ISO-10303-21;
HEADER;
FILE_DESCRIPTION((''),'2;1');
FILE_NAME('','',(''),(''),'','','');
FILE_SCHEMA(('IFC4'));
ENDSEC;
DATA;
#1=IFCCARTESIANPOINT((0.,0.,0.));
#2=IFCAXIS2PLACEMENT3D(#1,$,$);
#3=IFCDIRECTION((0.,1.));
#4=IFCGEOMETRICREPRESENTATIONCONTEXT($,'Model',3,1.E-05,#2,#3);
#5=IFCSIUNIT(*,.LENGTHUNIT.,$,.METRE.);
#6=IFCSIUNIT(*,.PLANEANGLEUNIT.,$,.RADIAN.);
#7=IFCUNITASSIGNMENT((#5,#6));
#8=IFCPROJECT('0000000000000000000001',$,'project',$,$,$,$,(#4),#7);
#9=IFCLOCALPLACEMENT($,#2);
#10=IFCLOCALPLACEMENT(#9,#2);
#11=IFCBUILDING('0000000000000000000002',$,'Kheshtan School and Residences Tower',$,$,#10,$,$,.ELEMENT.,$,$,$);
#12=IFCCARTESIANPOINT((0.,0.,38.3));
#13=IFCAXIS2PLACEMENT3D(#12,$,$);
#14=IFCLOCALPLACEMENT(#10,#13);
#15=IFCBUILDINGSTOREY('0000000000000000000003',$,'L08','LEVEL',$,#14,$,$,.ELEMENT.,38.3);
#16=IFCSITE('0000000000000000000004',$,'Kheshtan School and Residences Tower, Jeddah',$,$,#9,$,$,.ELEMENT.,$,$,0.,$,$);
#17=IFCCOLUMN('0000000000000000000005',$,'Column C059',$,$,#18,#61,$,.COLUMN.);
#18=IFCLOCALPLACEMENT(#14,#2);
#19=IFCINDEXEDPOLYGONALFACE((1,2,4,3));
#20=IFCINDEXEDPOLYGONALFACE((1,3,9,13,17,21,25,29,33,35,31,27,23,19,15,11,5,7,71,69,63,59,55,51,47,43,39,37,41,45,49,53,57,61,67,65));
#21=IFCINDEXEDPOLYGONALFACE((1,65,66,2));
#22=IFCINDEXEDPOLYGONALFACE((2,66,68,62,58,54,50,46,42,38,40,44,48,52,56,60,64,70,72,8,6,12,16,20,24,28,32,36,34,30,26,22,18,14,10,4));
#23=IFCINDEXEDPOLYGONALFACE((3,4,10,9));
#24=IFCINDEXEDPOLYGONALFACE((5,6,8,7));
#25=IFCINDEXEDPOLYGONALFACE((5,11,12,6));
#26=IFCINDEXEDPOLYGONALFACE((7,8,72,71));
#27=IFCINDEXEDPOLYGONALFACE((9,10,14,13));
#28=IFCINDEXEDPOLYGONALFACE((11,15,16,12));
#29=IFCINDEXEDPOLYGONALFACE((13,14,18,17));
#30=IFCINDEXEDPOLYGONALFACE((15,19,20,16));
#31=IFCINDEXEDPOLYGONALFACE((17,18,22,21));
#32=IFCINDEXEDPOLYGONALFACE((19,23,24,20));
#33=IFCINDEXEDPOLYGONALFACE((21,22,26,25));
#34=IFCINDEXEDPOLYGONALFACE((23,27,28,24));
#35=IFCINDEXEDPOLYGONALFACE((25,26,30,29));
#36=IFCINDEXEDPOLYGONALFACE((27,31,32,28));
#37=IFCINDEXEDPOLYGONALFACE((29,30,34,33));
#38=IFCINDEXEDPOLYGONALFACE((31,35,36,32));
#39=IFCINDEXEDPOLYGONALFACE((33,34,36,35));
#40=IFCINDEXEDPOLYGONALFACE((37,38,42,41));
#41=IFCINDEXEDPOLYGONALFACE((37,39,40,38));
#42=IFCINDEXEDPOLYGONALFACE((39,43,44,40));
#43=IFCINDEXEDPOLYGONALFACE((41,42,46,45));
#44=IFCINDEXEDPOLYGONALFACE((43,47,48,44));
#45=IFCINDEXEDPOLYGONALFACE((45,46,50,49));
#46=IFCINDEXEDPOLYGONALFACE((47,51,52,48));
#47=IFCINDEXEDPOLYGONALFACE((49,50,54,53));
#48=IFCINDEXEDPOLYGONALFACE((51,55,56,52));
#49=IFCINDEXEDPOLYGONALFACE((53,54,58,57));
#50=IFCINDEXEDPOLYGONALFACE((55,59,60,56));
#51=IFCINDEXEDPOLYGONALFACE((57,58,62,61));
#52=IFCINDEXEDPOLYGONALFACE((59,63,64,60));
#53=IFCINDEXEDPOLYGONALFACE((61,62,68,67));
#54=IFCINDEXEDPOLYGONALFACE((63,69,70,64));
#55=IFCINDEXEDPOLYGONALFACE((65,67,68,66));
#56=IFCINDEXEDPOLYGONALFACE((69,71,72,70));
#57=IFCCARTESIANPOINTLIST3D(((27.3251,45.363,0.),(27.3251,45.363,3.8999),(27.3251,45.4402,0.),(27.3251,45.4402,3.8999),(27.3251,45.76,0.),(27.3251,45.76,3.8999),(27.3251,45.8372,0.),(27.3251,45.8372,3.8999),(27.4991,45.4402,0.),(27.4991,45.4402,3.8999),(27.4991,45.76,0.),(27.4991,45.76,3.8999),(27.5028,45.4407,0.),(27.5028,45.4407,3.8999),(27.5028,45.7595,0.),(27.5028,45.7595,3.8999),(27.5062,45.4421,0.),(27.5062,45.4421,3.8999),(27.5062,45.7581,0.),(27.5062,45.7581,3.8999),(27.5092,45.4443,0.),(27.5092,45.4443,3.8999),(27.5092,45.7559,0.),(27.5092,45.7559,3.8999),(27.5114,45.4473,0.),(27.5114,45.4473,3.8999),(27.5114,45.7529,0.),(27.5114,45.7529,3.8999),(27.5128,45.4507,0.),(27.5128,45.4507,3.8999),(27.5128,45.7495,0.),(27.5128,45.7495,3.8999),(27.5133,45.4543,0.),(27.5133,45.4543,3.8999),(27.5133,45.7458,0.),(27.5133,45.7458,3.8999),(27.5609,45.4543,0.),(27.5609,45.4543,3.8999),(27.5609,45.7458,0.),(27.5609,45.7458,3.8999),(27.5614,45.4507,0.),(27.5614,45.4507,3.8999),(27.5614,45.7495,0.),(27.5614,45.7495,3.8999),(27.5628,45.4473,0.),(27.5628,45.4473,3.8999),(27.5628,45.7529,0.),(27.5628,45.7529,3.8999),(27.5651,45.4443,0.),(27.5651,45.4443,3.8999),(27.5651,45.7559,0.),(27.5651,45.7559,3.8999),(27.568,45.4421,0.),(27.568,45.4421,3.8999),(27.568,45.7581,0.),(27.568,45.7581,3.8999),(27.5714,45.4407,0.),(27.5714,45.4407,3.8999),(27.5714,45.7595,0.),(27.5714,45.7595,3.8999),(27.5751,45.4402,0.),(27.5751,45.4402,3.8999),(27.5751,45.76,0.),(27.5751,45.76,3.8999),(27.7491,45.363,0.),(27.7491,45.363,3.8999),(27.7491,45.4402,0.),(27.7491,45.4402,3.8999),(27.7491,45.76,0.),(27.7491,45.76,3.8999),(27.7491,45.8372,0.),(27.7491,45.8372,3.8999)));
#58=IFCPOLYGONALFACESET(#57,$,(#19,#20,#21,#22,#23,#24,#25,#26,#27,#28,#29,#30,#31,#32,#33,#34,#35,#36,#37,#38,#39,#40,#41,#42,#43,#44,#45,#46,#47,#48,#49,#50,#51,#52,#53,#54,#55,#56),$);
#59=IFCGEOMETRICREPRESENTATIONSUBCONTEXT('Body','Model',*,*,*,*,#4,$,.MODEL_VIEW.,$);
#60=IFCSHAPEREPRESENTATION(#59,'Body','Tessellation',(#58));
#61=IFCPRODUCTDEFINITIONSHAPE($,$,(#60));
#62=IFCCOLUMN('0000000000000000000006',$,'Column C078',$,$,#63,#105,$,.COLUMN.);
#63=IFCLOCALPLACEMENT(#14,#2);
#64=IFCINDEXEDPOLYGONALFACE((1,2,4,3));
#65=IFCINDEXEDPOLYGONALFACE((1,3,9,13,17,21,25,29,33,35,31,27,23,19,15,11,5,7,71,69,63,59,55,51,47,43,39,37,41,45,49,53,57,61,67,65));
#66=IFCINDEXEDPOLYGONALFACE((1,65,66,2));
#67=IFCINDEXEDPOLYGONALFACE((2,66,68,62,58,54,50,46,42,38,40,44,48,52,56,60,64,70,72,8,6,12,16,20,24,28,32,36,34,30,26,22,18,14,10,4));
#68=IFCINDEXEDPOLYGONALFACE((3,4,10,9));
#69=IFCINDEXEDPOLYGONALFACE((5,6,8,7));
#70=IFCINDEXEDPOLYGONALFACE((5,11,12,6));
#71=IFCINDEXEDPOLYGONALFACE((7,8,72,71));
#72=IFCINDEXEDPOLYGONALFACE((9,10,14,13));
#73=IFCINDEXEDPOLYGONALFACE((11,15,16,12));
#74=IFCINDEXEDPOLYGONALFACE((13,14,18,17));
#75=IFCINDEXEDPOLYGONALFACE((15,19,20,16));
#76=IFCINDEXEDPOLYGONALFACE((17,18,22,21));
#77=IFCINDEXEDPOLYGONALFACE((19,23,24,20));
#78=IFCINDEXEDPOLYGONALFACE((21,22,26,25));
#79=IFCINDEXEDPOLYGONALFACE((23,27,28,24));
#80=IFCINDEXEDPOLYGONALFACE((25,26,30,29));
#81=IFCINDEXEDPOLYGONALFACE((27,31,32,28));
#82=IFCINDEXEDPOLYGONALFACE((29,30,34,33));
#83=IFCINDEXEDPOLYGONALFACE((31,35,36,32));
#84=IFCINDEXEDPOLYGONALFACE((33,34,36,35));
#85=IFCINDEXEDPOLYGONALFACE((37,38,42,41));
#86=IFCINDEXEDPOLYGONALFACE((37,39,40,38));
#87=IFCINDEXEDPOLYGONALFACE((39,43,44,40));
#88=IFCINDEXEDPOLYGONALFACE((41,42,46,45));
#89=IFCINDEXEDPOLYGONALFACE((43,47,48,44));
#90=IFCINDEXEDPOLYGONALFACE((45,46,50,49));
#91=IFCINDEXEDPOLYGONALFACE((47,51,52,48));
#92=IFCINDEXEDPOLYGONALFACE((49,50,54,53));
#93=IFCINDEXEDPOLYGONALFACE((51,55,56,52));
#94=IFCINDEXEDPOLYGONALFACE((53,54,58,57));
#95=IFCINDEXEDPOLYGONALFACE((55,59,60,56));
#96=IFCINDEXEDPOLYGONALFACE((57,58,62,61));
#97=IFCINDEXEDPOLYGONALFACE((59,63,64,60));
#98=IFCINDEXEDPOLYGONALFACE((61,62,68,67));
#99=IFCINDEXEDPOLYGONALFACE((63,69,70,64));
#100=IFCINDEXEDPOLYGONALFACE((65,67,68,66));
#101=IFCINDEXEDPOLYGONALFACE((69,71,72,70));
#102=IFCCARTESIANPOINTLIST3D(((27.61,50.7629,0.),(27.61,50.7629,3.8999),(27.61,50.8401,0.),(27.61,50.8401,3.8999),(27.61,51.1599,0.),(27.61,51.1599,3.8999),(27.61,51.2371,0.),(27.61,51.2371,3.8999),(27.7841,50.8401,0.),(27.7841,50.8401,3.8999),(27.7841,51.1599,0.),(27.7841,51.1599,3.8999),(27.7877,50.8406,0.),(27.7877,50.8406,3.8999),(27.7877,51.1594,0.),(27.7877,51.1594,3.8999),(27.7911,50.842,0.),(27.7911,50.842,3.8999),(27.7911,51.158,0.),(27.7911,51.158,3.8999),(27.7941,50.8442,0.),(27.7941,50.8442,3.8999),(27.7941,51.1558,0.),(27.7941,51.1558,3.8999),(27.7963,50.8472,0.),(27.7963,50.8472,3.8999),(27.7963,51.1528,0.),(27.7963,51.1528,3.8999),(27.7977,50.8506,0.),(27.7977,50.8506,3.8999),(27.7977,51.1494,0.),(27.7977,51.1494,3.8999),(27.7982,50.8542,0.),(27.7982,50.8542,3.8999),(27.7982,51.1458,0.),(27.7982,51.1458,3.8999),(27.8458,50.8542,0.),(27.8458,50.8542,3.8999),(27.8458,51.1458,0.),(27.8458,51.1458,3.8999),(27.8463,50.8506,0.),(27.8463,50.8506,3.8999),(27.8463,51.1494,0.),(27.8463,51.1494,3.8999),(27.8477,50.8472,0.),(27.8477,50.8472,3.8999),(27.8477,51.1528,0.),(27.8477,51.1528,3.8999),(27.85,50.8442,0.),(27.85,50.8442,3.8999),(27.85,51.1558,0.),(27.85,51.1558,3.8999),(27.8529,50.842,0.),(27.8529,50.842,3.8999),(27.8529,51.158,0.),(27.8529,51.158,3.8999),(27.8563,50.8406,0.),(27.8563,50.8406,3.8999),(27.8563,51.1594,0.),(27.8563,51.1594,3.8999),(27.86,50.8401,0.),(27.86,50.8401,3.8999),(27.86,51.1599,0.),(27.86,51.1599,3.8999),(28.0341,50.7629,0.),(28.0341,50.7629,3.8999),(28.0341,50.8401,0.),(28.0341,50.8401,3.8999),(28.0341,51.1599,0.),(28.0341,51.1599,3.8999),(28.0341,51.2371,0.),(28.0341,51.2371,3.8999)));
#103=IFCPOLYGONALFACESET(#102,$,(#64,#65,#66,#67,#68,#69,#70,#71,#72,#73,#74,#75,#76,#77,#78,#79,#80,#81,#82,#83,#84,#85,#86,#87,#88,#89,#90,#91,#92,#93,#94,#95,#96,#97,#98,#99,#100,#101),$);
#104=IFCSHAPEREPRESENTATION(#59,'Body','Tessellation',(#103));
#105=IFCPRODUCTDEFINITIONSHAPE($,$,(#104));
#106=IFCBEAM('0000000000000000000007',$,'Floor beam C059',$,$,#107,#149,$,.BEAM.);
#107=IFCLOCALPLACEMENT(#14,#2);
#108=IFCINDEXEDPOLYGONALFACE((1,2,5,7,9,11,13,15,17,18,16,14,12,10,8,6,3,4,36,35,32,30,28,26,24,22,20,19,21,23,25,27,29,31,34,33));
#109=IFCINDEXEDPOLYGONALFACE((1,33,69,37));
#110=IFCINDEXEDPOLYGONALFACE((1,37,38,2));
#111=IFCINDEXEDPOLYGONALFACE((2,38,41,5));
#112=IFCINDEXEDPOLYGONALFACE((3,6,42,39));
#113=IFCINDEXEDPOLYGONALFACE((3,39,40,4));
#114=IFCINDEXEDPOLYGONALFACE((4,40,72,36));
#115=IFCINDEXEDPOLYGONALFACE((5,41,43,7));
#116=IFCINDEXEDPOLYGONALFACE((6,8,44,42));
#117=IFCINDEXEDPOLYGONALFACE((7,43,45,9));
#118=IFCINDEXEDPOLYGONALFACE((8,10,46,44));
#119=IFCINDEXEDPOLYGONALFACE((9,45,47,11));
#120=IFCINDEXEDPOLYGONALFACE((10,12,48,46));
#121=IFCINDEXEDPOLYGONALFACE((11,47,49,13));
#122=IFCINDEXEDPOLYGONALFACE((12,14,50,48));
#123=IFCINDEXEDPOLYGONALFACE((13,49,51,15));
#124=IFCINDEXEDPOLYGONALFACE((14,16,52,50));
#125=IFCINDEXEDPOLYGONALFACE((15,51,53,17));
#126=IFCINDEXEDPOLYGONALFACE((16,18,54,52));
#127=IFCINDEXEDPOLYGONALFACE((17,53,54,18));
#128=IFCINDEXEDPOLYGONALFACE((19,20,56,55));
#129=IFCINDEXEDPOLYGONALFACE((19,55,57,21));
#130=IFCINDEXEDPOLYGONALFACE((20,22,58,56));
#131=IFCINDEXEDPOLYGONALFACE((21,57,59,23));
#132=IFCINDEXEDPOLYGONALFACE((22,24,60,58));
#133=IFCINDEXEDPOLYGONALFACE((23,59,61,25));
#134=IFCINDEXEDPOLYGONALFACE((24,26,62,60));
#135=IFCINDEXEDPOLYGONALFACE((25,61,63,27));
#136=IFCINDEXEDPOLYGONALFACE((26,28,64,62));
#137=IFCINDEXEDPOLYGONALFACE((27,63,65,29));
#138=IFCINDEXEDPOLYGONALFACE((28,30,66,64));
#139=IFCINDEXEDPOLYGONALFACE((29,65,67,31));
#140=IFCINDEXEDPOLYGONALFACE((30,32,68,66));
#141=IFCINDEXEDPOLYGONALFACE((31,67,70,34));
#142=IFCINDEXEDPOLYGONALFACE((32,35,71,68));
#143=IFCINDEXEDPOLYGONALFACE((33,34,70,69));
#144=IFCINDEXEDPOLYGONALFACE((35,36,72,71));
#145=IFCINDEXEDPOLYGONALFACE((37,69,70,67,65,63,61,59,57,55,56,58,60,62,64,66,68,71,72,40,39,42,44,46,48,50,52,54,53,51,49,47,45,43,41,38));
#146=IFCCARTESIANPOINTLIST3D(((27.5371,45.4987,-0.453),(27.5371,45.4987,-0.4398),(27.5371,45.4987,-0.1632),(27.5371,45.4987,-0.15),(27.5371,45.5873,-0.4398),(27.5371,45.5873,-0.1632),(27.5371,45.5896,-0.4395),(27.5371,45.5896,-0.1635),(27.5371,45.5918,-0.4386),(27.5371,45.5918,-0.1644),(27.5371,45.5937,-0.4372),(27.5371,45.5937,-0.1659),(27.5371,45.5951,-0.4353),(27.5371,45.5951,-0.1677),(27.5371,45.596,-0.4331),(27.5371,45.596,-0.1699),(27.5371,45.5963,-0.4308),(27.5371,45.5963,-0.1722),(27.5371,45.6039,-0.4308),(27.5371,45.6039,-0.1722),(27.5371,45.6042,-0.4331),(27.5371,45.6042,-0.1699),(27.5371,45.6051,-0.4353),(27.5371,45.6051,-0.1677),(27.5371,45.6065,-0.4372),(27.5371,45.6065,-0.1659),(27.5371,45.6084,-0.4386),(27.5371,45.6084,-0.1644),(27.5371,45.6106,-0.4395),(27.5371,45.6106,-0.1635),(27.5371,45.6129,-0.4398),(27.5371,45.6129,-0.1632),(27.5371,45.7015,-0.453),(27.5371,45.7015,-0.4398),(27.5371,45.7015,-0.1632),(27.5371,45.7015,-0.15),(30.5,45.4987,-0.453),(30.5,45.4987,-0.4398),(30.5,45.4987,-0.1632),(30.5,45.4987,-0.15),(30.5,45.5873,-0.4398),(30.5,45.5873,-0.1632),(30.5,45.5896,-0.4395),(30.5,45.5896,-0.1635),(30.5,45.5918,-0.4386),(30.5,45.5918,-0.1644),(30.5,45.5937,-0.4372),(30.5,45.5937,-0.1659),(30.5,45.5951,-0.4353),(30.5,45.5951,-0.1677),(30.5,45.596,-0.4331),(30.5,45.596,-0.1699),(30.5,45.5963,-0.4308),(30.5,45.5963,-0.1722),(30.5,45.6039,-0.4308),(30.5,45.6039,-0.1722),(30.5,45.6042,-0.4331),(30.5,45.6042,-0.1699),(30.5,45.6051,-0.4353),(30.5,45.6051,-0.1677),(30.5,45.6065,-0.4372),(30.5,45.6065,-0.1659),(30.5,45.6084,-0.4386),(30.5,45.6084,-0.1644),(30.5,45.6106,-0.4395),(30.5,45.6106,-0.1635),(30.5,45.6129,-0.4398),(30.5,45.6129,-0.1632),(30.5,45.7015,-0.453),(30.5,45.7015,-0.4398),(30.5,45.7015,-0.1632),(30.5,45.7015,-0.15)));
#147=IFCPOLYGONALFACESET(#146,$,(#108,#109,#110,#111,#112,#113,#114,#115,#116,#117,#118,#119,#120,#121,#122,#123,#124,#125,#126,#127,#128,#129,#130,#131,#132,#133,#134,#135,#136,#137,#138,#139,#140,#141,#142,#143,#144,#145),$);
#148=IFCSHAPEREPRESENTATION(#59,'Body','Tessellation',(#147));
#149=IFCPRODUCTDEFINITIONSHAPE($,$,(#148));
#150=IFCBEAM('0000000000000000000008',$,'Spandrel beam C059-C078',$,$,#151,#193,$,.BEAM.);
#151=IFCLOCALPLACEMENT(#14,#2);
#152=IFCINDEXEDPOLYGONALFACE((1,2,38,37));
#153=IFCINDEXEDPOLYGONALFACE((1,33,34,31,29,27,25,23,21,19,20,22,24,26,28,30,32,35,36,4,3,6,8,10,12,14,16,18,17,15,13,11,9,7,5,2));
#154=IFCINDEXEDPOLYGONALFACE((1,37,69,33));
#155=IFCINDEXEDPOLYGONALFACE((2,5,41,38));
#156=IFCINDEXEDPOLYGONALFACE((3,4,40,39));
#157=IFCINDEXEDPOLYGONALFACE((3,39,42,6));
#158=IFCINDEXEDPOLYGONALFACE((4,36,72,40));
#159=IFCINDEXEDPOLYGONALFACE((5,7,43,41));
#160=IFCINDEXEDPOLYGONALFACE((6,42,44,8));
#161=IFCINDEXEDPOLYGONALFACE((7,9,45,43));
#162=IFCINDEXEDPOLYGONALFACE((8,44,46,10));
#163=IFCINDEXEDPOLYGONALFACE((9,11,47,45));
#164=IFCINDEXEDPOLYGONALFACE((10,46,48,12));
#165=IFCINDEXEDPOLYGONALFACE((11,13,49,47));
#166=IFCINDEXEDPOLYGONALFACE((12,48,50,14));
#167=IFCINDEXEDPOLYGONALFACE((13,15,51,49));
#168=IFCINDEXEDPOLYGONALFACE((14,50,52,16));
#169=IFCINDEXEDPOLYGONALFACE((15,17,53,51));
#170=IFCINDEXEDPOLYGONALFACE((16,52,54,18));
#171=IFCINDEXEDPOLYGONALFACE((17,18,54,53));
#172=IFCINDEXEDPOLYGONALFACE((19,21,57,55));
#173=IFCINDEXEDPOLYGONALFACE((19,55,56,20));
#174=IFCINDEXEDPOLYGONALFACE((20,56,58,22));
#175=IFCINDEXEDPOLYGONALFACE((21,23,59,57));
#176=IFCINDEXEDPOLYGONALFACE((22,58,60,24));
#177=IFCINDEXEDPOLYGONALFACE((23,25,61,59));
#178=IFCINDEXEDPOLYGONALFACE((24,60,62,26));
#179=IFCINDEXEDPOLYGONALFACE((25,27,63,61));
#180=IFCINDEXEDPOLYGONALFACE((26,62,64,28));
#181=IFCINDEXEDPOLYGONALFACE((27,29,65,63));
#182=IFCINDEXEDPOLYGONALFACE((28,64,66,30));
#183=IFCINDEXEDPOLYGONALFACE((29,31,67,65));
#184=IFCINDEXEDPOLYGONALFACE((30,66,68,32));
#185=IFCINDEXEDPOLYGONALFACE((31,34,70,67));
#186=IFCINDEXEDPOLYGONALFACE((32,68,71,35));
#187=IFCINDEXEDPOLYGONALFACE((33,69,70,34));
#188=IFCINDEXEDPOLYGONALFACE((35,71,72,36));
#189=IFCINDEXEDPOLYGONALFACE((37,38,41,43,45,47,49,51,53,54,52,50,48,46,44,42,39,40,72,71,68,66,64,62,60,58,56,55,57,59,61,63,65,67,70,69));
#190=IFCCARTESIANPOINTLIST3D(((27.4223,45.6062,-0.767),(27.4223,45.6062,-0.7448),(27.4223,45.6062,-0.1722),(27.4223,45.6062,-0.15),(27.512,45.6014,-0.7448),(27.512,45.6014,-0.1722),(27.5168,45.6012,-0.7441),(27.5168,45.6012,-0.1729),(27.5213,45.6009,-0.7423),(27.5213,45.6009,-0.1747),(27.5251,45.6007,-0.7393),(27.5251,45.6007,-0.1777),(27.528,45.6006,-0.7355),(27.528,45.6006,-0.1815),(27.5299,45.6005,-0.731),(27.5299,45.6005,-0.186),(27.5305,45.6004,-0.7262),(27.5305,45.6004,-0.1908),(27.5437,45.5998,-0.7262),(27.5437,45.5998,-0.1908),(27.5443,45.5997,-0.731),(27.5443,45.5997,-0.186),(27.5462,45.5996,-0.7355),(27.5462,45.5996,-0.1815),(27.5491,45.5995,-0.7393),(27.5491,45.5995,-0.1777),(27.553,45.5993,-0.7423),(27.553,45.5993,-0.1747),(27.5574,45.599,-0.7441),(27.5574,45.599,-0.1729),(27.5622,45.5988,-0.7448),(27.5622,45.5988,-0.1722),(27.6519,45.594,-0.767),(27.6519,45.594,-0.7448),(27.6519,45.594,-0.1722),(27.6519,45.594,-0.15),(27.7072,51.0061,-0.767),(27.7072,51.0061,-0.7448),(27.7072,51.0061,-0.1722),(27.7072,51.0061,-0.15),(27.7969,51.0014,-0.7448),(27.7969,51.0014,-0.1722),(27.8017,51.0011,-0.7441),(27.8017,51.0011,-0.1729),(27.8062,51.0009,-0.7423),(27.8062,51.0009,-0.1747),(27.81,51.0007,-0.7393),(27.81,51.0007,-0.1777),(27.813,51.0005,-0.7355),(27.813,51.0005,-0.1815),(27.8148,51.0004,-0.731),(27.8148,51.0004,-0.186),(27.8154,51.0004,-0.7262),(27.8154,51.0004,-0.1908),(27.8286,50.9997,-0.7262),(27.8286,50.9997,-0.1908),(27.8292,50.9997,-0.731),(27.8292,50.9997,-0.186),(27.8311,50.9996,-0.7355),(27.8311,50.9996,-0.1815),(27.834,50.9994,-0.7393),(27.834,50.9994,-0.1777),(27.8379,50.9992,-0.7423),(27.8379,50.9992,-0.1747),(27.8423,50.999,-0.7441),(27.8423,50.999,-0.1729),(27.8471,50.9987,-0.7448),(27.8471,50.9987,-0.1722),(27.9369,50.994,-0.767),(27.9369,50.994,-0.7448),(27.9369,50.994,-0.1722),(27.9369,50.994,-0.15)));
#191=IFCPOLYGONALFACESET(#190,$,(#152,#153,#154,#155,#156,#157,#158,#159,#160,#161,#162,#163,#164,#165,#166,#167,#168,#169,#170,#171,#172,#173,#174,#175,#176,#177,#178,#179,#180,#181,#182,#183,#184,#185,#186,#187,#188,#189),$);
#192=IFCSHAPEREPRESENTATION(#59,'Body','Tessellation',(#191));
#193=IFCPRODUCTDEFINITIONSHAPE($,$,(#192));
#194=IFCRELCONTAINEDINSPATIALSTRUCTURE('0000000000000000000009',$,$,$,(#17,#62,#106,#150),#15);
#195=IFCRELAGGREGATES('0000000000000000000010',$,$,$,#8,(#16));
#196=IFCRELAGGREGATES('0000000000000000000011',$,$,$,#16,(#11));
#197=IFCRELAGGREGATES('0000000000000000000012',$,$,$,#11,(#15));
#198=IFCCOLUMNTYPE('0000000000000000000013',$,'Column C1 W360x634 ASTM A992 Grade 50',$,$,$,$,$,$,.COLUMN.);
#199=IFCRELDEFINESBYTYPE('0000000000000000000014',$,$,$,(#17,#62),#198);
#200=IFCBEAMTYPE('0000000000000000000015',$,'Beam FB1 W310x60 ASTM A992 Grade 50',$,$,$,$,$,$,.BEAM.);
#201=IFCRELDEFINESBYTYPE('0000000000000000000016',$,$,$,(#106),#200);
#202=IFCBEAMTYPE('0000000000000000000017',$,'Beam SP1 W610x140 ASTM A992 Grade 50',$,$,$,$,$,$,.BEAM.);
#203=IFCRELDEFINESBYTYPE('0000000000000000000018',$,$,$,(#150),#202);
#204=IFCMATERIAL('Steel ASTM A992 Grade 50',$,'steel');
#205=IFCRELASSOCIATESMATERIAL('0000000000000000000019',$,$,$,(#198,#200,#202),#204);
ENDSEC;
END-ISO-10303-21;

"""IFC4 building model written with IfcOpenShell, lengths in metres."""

from ifc_helpers import new_model, si_unit, direction, frame, origin, origin_2d, place, context, subcontext, project, spatial, i_section, extrude, material, material_profile, profile_set, type_object, element, save


model = new_model("IFC4")

# Units and contexts
model_context = context("Model", 3, precision=1e-05, world=origin(), true_north=direction((0.0, 1.0)))
body_context = subcontext(model_context, "Body", "Model", "MODEL_VIEW")
ifc_project = project(units=[si_unit("LENGTHUNIT", "METRE"), si_unit("PLANEANGLEUNIT", "RADIAN")], contexts=[model_context])

# Site, building, storey
site_placement = place(None, origin())
site = spatial("IfcSite", under=ifc_project, at=site_placement, Name="Kheshtan School and Residences Tower, Jeddah", CompositionType="ELEMENT", RefElevation=0.0)
building_placement = place(site_placement, origin())
building = spatial("IfcBuilding", under=site, at=building_placement, Name="Kheshtan School and Residences Tower", CompositionType="ELEMENT")
storey_placement = place(building_placement, frame((0.0, 0.0, 38.3)))
storey = spatial("IfcBuildingStorey", under=building, at=storey_placement, Name="L08", Description="LEVEL", CompositionType="ELEMENT", Elevation=38.3)

# Columns
ifc_material_1 = material(Name="Steel ASTM A992 Grade 50", Category="steel")
ifc_material_profile_1 = material_profile(ifc_material_1, i_section(OverallWidth=0.4241, OverallDepth=0.4741, WebThickness=0.0476, FlangeThickness=0.0771, FilletRadius=0.0142, at=origin_2d()), Name="W360x634")
ifc_profile_set_1 = profile_set([ifc_material_profile_1], Name="Steel ASTM A992 Grade 50")
column_type = type_object("IfcColumnType", Name="Column C1 W360x634 ASTM A992 Grade 50", PredefinedType="COLUMN", material=ifc_profile_set_1)
for number, where, z_axis, x_axis, name in (
    (1, (27.5371, 45.6001, 0.0), (0.0, 0.0, 1.0), (1.0, 0.0, 0.0), "Column C059"),
    (2, (27.822, 51.0, 0.0), (0.0, 0.0, 1.0), (1.0, 0.0, 0.0), "Column C078"),
):
    element("IfcColumn", number, at=place(storey_placement, frame(where, z_axis=z_axis, x_axis=x_axis)), inside=storey, type_object=column_type, Name=name, PredefinedType="COLUMN", context=body_context, shape_type="SweptSolid", body=[
        extrude(i_section(OverallWidth=0.4241, OverallDepth=0.4741, WebThickness=0.0476, FlangeThickness=0.0771, FilletRadius=0.0142, at=origin_2d()), origin(), (0.0, 0.0, 1.0), 3.8999),
    ])

# Beams
ifc_material_profile_2 = material_profile(ifc_material_1, i_section(OverallWidth=0.2029, OverallDepth=0.303, WebThickness=0.0076, FlangeThickness=0.0132, FilletRadius=0.009, at=origin_2d()), Name="W310x60")
ifc_profile_set_2 = profile_set([ifc_material_profile_2], Name="Steel ASTM A992 Grade 50")
beam_type_1 = type_object("IfcBeamType", Name="Beam FB1 W310x60 ASTM A992 Grade 50", PredefinedType="BEAM", material=ifc_profile_set_2)
beam_placement = place(storey_placement, frame((27.5371, 45.6001, -0.3015), z_axis=(1.0, 0.0, 0.0), x_axis=(0.0, 1.0, 0.0)))
element("IfcBeam", 3, at=beam_placement, inside=storey, type_object=beam_type_1, Name="Floor beam C059", PredefinedType="BEAM", context=body_context, shape_type="SweptSolid", body=[
    extrude(i_section(OverallWidth=0.2029, OverallDepth=0.303, WebThickness=0.0076, FlangeThickness=0.0132, FilletRadius=0.009, at=origin_2d()), origin(), (0.0, 0.0, 1.0), 2.9629),
])
ifc_material_profile_3 = material_profile(ifc_material_1, i_section(OverallWidth=0.23, OverallDepth=0.6169, WebThickness=0.0132, FlangeThickness=0.0222, FilletRadius=0.0186, at=origin_2d()), Name="W610x140")
ifc_profile_set_3 = profile_set([ifc_material_profile_3], Name="Steel ASTM A992 Grade 50")
beam_type_2 = type_object("IfcBeamType", Name="Beam SP1 W610x140 ASTM A992 Grade 50", PredefinedType="BEAM", material=ifc_profile_set_3)
for number, where, z_axis, x_axis, name in (
    (4, (27.5371, 45.6001, -0.4585), (0.052689, 0.998611, 0.0), (-0.998611, 0.052689, 0.0), "Spandrel beam C059-C078"),
):
    element("IfcBeam", number, at=place(storey_placement, frame(where, z_axis=z_axis, x_axis=x_axis)), inside=storey, type_object=beam_type_2, Name=name, PredefinedType="BEAM", context=body_context, shape_type="SweptSolid", body=[
        extrude(i_section(OverallWidth=0.23, OverallDepth=0.6169, WebThickness=0.0132, FlangeThickness=0.0222, FilletRadius=0.0186, at=origin_2d()), origin(), (0.0, 0.0, 1.0), 5.4075),
    ])

save(model, "model.ifc")
